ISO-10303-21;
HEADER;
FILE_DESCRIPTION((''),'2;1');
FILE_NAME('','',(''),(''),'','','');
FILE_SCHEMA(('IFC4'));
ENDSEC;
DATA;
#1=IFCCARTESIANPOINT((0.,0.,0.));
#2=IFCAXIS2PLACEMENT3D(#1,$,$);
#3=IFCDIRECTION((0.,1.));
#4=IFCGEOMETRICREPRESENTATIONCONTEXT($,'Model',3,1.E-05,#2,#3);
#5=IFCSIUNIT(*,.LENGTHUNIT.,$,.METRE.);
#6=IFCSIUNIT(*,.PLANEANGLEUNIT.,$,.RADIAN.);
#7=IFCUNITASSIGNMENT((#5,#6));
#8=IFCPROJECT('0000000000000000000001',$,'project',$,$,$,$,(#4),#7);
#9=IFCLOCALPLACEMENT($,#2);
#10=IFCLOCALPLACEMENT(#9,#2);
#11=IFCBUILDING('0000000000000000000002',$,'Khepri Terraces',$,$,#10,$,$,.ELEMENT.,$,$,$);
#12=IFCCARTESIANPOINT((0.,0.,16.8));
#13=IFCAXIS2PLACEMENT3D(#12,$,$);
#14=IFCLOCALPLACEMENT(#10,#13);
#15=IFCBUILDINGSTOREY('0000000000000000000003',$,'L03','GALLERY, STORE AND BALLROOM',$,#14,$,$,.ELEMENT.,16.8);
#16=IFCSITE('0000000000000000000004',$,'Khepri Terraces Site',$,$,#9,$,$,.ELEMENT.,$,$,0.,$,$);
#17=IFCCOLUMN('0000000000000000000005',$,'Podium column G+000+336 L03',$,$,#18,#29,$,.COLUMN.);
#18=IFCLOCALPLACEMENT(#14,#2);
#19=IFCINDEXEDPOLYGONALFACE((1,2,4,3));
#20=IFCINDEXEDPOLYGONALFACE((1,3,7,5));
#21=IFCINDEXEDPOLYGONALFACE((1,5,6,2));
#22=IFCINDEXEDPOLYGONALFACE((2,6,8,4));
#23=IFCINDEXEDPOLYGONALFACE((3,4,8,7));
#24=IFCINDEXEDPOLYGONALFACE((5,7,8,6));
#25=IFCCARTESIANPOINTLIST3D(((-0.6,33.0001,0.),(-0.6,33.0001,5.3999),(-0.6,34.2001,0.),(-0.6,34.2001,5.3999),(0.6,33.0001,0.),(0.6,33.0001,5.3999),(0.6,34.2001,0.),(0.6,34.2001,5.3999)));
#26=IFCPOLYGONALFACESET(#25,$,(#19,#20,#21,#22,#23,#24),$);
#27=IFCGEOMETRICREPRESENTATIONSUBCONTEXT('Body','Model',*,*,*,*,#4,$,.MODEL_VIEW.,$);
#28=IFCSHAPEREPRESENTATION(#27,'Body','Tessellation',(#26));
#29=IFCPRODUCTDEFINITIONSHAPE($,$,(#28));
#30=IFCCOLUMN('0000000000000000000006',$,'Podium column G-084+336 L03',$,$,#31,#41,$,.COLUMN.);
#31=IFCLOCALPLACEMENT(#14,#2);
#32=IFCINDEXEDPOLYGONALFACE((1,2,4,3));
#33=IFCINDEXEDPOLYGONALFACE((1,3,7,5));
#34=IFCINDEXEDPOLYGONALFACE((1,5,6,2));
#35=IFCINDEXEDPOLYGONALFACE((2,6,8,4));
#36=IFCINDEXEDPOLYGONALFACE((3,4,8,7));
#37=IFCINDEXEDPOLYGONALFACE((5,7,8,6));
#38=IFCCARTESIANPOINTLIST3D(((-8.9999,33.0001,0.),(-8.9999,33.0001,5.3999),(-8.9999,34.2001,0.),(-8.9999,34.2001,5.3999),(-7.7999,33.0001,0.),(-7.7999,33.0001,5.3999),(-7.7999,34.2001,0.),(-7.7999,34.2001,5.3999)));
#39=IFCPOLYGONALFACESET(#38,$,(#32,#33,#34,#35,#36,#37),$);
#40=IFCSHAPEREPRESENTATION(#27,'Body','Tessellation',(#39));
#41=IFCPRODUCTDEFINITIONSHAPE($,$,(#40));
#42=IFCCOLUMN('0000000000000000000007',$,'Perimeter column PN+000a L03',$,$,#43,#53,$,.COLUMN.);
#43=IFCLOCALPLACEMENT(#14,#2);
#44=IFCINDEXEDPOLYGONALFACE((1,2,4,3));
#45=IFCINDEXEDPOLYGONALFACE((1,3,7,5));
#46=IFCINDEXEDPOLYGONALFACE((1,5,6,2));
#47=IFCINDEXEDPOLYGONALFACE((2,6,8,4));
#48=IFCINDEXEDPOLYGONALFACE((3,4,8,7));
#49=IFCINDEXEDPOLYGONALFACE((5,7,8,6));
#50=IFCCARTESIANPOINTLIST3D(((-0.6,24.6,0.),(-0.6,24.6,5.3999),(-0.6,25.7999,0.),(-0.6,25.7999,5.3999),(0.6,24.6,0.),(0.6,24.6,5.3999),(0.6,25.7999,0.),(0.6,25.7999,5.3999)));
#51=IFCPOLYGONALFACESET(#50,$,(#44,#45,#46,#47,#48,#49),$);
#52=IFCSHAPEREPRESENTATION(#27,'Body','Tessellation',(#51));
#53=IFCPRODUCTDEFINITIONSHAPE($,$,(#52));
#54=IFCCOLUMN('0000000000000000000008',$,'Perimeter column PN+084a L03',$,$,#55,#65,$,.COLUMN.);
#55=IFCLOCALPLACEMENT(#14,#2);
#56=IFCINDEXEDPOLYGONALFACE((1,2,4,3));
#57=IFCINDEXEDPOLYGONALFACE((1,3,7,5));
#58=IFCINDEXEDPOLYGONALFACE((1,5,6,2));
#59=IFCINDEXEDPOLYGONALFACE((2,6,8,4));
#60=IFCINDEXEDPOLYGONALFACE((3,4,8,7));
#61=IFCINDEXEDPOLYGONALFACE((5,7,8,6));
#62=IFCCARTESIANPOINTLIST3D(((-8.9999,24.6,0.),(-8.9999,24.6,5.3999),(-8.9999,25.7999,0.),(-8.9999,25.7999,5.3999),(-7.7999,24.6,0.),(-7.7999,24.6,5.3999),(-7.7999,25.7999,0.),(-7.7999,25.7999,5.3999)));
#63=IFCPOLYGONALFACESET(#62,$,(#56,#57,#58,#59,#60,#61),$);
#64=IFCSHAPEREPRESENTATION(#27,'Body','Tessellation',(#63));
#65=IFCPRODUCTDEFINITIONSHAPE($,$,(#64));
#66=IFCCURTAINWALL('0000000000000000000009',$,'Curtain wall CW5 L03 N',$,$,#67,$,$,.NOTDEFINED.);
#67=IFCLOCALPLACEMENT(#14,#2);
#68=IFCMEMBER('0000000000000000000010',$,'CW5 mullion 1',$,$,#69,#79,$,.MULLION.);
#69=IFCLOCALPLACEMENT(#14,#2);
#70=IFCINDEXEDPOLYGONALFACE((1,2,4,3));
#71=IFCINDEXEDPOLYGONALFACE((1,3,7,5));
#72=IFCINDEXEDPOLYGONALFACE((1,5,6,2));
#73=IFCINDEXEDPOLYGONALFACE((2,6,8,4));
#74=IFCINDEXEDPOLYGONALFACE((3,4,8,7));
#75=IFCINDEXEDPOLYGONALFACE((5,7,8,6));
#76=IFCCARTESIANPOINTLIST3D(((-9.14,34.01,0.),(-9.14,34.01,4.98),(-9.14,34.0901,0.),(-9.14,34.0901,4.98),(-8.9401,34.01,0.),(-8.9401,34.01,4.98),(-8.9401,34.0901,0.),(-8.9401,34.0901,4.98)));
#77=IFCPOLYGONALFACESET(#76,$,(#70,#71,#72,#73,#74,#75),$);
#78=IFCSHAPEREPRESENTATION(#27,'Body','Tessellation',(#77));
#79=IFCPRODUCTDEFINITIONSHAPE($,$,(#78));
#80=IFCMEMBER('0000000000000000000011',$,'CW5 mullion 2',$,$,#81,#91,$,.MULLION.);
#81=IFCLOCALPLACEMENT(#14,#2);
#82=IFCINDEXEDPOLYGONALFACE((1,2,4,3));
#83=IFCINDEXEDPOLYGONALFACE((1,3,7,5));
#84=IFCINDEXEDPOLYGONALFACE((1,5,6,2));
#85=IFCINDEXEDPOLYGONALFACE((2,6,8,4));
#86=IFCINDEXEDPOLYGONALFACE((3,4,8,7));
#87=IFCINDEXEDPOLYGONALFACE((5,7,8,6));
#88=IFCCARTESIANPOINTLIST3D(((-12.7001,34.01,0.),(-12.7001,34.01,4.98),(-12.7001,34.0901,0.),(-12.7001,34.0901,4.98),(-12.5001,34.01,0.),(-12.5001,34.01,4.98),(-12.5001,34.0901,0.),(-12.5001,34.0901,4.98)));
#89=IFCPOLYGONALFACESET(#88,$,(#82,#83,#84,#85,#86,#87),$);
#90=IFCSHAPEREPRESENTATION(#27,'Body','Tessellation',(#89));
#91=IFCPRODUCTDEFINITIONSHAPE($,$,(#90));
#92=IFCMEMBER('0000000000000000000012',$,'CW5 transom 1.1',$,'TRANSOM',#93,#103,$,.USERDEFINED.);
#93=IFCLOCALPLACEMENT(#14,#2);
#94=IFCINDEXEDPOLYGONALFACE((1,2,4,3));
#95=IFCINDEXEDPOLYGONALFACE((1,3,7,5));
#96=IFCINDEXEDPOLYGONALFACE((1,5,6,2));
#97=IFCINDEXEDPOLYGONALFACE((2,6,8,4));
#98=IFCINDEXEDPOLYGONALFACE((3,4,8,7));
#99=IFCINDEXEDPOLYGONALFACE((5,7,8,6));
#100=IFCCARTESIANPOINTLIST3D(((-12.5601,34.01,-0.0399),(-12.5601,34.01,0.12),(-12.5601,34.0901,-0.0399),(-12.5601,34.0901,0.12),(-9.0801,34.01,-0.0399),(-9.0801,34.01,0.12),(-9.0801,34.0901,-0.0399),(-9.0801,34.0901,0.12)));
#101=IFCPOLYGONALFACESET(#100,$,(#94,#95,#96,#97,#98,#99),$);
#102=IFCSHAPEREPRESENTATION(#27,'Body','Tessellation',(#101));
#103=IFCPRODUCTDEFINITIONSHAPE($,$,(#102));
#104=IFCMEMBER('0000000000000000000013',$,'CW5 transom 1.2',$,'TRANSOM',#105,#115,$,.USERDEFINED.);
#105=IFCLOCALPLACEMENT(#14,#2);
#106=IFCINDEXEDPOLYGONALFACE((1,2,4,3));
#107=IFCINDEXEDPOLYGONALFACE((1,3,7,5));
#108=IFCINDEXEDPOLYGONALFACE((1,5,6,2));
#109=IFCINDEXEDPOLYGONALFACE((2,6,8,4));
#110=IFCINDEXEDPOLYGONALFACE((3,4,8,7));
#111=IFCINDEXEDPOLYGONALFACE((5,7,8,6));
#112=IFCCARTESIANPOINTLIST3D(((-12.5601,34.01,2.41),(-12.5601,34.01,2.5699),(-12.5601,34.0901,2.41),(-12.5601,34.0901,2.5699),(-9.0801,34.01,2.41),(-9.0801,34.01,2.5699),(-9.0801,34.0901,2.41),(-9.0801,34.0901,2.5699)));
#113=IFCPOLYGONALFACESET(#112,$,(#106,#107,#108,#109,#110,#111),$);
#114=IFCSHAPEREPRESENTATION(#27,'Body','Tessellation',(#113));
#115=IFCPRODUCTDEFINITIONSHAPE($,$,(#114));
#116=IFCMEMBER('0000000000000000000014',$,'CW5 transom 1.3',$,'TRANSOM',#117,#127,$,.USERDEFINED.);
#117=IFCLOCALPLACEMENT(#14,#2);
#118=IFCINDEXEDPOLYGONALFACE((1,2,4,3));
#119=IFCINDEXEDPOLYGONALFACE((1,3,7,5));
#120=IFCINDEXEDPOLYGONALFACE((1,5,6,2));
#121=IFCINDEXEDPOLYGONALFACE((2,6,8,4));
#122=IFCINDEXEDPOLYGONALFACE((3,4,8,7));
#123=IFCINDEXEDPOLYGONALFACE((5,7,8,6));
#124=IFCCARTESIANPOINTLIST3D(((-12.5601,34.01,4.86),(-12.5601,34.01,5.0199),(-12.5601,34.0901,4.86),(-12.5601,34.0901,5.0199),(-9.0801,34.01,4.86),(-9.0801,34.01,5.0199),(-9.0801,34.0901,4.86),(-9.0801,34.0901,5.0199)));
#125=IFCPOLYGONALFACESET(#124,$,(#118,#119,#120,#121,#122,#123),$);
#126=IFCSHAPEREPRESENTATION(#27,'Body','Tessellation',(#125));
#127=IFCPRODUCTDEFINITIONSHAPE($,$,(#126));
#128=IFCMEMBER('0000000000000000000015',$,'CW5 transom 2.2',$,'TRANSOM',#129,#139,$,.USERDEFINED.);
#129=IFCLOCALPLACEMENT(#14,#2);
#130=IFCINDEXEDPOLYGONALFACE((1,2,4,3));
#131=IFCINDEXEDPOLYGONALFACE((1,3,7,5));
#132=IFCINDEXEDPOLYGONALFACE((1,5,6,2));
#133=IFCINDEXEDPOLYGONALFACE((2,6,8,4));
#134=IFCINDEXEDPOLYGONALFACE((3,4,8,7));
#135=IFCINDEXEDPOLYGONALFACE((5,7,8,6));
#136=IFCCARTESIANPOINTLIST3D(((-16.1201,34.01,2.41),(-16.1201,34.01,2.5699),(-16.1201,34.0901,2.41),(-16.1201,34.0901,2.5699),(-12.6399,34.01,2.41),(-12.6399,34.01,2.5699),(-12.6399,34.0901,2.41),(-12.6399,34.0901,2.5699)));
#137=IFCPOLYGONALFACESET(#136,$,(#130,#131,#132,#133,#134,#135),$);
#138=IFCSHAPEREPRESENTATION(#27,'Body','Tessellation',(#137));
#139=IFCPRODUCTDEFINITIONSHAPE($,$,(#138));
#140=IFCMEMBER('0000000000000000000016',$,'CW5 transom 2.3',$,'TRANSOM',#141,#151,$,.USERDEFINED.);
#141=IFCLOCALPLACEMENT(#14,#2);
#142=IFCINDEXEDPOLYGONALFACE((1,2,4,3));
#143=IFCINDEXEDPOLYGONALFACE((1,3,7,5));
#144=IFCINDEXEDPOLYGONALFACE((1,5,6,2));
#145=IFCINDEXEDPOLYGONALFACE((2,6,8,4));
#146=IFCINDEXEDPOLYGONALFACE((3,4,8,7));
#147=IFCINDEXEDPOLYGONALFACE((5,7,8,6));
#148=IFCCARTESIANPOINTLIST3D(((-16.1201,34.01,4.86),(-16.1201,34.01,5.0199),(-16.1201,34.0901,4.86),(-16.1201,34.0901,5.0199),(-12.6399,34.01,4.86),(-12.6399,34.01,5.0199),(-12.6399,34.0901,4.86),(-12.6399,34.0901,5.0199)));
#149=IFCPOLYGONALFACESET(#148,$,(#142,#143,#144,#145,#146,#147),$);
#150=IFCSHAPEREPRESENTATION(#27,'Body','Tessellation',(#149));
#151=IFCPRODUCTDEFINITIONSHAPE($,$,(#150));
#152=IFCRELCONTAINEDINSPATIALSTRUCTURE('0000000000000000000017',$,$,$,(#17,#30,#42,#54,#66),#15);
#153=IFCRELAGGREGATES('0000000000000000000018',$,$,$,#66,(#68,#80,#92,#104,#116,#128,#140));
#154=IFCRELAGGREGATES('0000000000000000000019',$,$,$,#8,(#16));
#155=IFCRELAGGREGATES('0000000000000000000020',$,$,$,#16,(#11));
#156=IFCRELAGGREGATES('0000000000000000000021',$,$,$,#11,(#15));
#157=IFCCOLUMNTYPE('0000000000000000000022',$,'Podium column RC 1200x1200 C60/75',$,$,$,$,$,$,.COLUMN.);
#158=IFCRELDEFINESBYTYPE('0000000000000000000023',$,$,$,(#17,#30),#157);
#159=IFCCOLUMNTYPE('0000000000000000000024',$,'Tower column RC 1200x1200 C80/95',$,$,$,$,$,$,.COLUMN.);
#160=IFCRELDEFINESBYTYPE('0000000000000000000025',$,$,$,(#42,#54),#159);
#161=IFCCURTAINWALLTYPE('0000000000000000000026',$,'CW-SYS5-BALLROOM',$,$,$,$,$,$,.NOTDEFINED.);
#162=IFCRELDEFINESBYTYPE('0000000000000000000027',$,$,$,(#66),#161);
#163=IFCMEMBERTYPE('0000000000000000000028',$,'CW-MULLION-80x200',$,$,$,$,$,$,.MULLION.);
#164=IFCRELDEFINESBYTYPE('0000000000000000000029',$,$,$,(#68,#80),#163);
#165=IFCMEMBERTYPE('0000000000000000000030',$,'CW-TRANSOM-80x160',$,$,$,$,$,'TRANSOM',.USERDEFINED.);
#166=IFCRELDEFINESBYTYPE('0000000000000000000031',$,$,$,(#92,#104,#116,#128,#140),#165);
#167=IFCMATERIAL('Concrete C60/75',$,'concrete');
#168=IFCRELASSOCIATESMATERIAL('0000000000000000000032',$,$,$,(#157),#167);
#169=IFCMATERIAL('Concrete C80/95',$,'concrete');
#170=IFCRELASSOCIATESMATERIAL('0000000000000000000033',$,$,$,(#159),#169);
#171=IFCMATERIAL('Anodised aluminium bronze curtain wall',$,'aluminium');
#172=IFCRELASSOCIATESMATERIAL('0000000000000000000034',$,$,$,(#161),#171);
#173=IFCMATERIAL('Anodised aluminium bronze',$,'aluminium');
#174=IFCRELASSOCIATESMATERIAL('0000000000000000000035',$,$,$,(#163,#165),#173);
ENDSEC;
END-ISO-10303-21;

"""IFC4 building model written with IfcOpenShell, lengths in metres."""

from ifc_helpers import new_model, si_unit, direction, frame, origin, origin_2d, place, context, subcontext, project, spatial, rectangle, extrude, material, material_profile, profile_set, type_object, element, aggregate, save


model = new_model("IFC4")

# Units and contexts
model_context = context("Model", 3, precision=1e-05, world=origin(), true_north=direction((0.0, 1.0)))
body_context = subcontext(model_context, "Body", "Model", "MODEL_VIEW")
ifc_project = project(units=[si_unit("LENGTHUNIT", "METRE"), si_unit("PLANEANGLEUNIT", "RADIAN")], contexts=[model_context])

# Site, building, storey
site_placement = place(None, origin())
site = spatial("IfcSite", under=ifc_project, at=site_placement, Name="Khepri Terraces Site", CompositionType="ELEMENT", RefElevation=0.0)
building_placement = place(site_placement, origin())
building = spatial("IfcBuilding", under=site, at=building_placement, Name="Khepri Terraces", CompositionType="ELEMENT")
storey_placement = place(building_placement, frame((0.0, 0.0, 16.8)))
storey = spatial("IfcBuildingStorey", under=building, at=storey_placement, Name="L03", Description="GALLERY, STORE AND BALLROOM", CompositionType="ELEMENT", Elevation=16.8)

# Columns
ifc_material_1 = material(Name="Concrete C60/75", Category="concrete")
ifc_material_profile_1 = material_profile(ifc_material_1, rectangle(XDim=1.2, YDim=1.2, at=origin_2d()), Name="Concrete C60/75", Category="concrete")
ifc_profile_set_1 = profile_set([ifc_material_profile_1], Name="Concrete C60/75")
column_type_1 = type_object("IfcColumnType", Name="Podium column RC 1200x1200 C60/75", PredefinedType="COLUMN", material=ifc_profile_set_1)
for number, where, z_axis, x_axis, name in (
    (1, (0.0, 33.6001, 0.0), (0.0, 0.0, 1.0), (1.0, 0.0, 0.0), "Podium column G+000+336 L03"),
    (2, (-8.3999, 33.6001, 0.0), (0.0, 0.0, 1.0), (1.0, 0.0, 0.0), "Podium column G-084+336 L03"),
):
    element("IfcColumn", number, at=place(storey_placement, frame(where, z_axis=z_axis, x_axis=x_axis)), inside=storey, type_object=column_type_1, Name=name, PredefinedType="COLUMN", context=body_context, shape_type="SweptSolid", body=[
        extrude(rectangle(XDim=1.2, YDim=1.2, at=origin_2d()), origin(), (0.0, 0.0, 1.0), 5.3999),
    ])
ifc_material_2 = material(Name="Concrete C80/95", Category="concrete")
ifc_material_profile_2 = material_profile(ifc_material_2, rectangle(XDim=1.2, YDim=1.2, at=origin_2d()), Name="Concrete C80/95", Category="concrete")
ifc_profile_set_2 = profile_set([ifc_material_profile_2], Name="Concrete C80/95")
column_type_2 = type_object("IfcColumnType", Name="Tower column RC 1200x1200 C80/95", PredefinedType="COLUMN", material=ifc_profile_set_2)
for number, where, z_axis, x_axis, name in (
    (3, (0.0, 25.2, 0.0), (0.0, 0.0, 1.0), (1.0, 0.0, 0.0), "Perimeter column PN+000a L03"),
    (4, (-8.3999, 25.2, 0.0), (0.0, 0.0, 1.0), (1.0, 0.0, 0.0), "Perimeter column PN+084a L03"),
):
    element("IfcColumn", number, at=place(storey_placement, frame(where, z_axis=z_axis, x_axis=x_axis)), inside=storey, type_object=column_type_2, Name=name, PredefinedType="COLUMN", context=body_context, shape_type="SweptSolid", body=[
        extrude(rectangle(XDim=1.2, YDim=1.2, at=origin_2d()), origin(), (0.0, 0.0, 1.0), 5.3999),
    ])

# Curtain wall, members
ifc_material_3 = material(Name="Anodised aluminium bronze curtain wall", Category="aluminium")
curtain_wall_type = type_object("IfcCurtainWallType", Name="CW-SYS5-BALLROOM", PredefinedType="NOTDEFINED", material=ifc_material_3)
curtain_wall_placement = place(storey_placement, origin())
curtain_wall = element("IfcCurtainWall", 5, at=curtain_wall_placement, inside=storey, type_object=curtain_wall_type, Name="Curtain wall CW5 L03 N", PredefinedType="NOTDEFINED")
ifc_material_4 = material(Name="Anodised aluminium bronze", Category="aluminium")
ifc_material_profile_3 = material_profile(ifc_material_4, rectangle(XDim=0.0801, YDim=0.2, at=origin_2d()), Name="Anodised aluminium bronze", Category="aluminium")
ifc_profile_set_3 = profile_set([ifc_material_profile_3], Name="Anodised aluminium bronze")
member_type_1 = type_object("IfcMemberType", Name="CW-MULLION-80x200", PredefinedType="MULLION", material=ifc_profile_set_3)
member_1_placement = place(storey_placement, frame((-9.04, 34.05, 0.0), z_axis=(0.0, 0.0, 1.0), x_axis=(0.0, -1.0, 0.0)))
member_1 = element("IfcMember", 6, at=member_1_placement, type_object=member_type_1, Name="CW5 mullion 1", PredefinedType="MULLION", context=body_context, shape_type="SweptSolid", body=[
    extrude(rectangle(XDim=0.0801, YDim=0.2, at=origin_2d()), origin(), (0.0, 0.0, 1.0), 4.98),
])
member_2_placement = place(storey_placement, frame((-12.6001, 34.05, 0.0), z_axis=(0.0, 0.0, 1.0), x_axis=(0.0, -1.0, 0.0)))
member_2 = element("IfcMember", 7, at=member_2_placement, type_object=member_type_1, Name="CW5 mullion 2", PredefinedType="MULLION", context=body_context, shape_type="SweptSolid", body=[
    extrude(rectangle(XDim=0.0801, YDim=0.2, at=origin_2d()), origin(), (0.0, 0.0, 1.0), 4.98),
])
ifc_material_profile_4 = material_profile(ifc_material_4, rectangle(XDim=0.0801, YDim=0.1599, at=origin_2d()), Name="Anodised aluminium bronze", Category="aluminium")
ifc_profile_set_4 = profile_set([ifc_material_profile_4], Name="Anodised aluminium bronze")
member_type_2 = type_object("IfcMemberType", Name="CW-TRANSOM-80x160", ElementType="TRANSOM", PredefinedType="USERDEFINED", material=ifc_profile_set_4)
member_3_placement = place(storey_placement, frame((-9.0801, 34.05, 0.04), z_axis=(-1.0, 0.0, 0.0), x_axis=(0.0, -1.0, 0.0)))
member_3 = element("IfcMember", 8, at=member_3_placement, type_object=member_type_2, Name="CW5 transom 1.1", ObjectType="TRANSOM", PredefinedType="USERDEFINED", context=body_context, shape_type="SweptSolid", body=[
    extrude(rectangle(XDim=0.0801, YDim=0.1599, at=origin_2d()), origin(), (0.0, 0.0, 1.0), 3.48),
])
member_4_placement = place(storey_placement, frame((-9.0801, 34.05, 2.49), z_axis=(-1.0, 0.0, 0.0), x_axis=(0.0, -1.0, 0.0)))
member_4 = element("IfcMember", 9, at=member_4_placement, type_object=member_type_2, Name="CW5 transom 1.2", ObjectType="TRANSOM", PredefinedType="USERDEFINED", context=body_context, shape_type="SweptSolid", body=[
    extrude(rectangle(XDim=0.0801, YDim=0.1599, at=origin_2d()), origin(), (0.0, 0.0, 1.0), 3.48),
])
member_5_placement = place(storey_placement, frame((-9.0801, 34.05, 4.9399), z_axis=(-1.0, 0.0, 0.0), x_axis=(0.0, -1.0, 0.0)))
member_5 = element("IfcMember", 10, at=member_5_placement, type_object=member_type_2, Name="CW5 transom 1.3", ObjectType="TRANSOM", PredefinedType="USERDEFINED", context=body_context, shape_type="SweptSolid", body=[
    extrude(rectangle(XDim=0.0801, YDim=0.1599, at=origin_2d()), origin(), (0.0, 0.0, 1.0), 3.48),
])
member_6_placement = place(storey_placement, frame((-12.6399, 34.05, 2.49), z_axis=(-1.0, 0.0, 0.0), x_axis=(0.0, -1.0, 0.0)))
member_6 = element("IfcMember", 11, at=member_6_placement, type_object=member_type_2, Name="CW5 transom 2.2", ObjectType="TRANSOM", PredefinedType="USERDEFINED", context=body_context, shape_type="SweptSolid", body=[
    extrude(rectangle(XDim=0.0801, YDim=0.1599, at=origin_2d()), origin(), (0.0, 0.0, 1.0), 3.4802),
])
member_7_placement = place(storey_placement, frame((-12.6399, 34.05, 4.9399), z_axis=(-1.0, 0.0, 0.0), x_axis=(0.0, -1.0, 0.0)))
member_7 = element("IfcMember", 12, at=member_7_placement, type_object=member_type_2, Name="CW5 transom 2.3", ObjectType="TRANSOM", PredefinedType="USERDEFINED", context=body_context, shape_type="SweptSolid", body=[
    extrude(rectangle(XDim=0.0801, YDim=0.1599, at=origin_2d()), origin(), (0.0, 0.0, 1.0), 3.4802),
])

aggregate(curtain_wall, [member_1, member_2, member_3, member_4, member_5, member_6, member_7])

save(model, "model.ifc")
